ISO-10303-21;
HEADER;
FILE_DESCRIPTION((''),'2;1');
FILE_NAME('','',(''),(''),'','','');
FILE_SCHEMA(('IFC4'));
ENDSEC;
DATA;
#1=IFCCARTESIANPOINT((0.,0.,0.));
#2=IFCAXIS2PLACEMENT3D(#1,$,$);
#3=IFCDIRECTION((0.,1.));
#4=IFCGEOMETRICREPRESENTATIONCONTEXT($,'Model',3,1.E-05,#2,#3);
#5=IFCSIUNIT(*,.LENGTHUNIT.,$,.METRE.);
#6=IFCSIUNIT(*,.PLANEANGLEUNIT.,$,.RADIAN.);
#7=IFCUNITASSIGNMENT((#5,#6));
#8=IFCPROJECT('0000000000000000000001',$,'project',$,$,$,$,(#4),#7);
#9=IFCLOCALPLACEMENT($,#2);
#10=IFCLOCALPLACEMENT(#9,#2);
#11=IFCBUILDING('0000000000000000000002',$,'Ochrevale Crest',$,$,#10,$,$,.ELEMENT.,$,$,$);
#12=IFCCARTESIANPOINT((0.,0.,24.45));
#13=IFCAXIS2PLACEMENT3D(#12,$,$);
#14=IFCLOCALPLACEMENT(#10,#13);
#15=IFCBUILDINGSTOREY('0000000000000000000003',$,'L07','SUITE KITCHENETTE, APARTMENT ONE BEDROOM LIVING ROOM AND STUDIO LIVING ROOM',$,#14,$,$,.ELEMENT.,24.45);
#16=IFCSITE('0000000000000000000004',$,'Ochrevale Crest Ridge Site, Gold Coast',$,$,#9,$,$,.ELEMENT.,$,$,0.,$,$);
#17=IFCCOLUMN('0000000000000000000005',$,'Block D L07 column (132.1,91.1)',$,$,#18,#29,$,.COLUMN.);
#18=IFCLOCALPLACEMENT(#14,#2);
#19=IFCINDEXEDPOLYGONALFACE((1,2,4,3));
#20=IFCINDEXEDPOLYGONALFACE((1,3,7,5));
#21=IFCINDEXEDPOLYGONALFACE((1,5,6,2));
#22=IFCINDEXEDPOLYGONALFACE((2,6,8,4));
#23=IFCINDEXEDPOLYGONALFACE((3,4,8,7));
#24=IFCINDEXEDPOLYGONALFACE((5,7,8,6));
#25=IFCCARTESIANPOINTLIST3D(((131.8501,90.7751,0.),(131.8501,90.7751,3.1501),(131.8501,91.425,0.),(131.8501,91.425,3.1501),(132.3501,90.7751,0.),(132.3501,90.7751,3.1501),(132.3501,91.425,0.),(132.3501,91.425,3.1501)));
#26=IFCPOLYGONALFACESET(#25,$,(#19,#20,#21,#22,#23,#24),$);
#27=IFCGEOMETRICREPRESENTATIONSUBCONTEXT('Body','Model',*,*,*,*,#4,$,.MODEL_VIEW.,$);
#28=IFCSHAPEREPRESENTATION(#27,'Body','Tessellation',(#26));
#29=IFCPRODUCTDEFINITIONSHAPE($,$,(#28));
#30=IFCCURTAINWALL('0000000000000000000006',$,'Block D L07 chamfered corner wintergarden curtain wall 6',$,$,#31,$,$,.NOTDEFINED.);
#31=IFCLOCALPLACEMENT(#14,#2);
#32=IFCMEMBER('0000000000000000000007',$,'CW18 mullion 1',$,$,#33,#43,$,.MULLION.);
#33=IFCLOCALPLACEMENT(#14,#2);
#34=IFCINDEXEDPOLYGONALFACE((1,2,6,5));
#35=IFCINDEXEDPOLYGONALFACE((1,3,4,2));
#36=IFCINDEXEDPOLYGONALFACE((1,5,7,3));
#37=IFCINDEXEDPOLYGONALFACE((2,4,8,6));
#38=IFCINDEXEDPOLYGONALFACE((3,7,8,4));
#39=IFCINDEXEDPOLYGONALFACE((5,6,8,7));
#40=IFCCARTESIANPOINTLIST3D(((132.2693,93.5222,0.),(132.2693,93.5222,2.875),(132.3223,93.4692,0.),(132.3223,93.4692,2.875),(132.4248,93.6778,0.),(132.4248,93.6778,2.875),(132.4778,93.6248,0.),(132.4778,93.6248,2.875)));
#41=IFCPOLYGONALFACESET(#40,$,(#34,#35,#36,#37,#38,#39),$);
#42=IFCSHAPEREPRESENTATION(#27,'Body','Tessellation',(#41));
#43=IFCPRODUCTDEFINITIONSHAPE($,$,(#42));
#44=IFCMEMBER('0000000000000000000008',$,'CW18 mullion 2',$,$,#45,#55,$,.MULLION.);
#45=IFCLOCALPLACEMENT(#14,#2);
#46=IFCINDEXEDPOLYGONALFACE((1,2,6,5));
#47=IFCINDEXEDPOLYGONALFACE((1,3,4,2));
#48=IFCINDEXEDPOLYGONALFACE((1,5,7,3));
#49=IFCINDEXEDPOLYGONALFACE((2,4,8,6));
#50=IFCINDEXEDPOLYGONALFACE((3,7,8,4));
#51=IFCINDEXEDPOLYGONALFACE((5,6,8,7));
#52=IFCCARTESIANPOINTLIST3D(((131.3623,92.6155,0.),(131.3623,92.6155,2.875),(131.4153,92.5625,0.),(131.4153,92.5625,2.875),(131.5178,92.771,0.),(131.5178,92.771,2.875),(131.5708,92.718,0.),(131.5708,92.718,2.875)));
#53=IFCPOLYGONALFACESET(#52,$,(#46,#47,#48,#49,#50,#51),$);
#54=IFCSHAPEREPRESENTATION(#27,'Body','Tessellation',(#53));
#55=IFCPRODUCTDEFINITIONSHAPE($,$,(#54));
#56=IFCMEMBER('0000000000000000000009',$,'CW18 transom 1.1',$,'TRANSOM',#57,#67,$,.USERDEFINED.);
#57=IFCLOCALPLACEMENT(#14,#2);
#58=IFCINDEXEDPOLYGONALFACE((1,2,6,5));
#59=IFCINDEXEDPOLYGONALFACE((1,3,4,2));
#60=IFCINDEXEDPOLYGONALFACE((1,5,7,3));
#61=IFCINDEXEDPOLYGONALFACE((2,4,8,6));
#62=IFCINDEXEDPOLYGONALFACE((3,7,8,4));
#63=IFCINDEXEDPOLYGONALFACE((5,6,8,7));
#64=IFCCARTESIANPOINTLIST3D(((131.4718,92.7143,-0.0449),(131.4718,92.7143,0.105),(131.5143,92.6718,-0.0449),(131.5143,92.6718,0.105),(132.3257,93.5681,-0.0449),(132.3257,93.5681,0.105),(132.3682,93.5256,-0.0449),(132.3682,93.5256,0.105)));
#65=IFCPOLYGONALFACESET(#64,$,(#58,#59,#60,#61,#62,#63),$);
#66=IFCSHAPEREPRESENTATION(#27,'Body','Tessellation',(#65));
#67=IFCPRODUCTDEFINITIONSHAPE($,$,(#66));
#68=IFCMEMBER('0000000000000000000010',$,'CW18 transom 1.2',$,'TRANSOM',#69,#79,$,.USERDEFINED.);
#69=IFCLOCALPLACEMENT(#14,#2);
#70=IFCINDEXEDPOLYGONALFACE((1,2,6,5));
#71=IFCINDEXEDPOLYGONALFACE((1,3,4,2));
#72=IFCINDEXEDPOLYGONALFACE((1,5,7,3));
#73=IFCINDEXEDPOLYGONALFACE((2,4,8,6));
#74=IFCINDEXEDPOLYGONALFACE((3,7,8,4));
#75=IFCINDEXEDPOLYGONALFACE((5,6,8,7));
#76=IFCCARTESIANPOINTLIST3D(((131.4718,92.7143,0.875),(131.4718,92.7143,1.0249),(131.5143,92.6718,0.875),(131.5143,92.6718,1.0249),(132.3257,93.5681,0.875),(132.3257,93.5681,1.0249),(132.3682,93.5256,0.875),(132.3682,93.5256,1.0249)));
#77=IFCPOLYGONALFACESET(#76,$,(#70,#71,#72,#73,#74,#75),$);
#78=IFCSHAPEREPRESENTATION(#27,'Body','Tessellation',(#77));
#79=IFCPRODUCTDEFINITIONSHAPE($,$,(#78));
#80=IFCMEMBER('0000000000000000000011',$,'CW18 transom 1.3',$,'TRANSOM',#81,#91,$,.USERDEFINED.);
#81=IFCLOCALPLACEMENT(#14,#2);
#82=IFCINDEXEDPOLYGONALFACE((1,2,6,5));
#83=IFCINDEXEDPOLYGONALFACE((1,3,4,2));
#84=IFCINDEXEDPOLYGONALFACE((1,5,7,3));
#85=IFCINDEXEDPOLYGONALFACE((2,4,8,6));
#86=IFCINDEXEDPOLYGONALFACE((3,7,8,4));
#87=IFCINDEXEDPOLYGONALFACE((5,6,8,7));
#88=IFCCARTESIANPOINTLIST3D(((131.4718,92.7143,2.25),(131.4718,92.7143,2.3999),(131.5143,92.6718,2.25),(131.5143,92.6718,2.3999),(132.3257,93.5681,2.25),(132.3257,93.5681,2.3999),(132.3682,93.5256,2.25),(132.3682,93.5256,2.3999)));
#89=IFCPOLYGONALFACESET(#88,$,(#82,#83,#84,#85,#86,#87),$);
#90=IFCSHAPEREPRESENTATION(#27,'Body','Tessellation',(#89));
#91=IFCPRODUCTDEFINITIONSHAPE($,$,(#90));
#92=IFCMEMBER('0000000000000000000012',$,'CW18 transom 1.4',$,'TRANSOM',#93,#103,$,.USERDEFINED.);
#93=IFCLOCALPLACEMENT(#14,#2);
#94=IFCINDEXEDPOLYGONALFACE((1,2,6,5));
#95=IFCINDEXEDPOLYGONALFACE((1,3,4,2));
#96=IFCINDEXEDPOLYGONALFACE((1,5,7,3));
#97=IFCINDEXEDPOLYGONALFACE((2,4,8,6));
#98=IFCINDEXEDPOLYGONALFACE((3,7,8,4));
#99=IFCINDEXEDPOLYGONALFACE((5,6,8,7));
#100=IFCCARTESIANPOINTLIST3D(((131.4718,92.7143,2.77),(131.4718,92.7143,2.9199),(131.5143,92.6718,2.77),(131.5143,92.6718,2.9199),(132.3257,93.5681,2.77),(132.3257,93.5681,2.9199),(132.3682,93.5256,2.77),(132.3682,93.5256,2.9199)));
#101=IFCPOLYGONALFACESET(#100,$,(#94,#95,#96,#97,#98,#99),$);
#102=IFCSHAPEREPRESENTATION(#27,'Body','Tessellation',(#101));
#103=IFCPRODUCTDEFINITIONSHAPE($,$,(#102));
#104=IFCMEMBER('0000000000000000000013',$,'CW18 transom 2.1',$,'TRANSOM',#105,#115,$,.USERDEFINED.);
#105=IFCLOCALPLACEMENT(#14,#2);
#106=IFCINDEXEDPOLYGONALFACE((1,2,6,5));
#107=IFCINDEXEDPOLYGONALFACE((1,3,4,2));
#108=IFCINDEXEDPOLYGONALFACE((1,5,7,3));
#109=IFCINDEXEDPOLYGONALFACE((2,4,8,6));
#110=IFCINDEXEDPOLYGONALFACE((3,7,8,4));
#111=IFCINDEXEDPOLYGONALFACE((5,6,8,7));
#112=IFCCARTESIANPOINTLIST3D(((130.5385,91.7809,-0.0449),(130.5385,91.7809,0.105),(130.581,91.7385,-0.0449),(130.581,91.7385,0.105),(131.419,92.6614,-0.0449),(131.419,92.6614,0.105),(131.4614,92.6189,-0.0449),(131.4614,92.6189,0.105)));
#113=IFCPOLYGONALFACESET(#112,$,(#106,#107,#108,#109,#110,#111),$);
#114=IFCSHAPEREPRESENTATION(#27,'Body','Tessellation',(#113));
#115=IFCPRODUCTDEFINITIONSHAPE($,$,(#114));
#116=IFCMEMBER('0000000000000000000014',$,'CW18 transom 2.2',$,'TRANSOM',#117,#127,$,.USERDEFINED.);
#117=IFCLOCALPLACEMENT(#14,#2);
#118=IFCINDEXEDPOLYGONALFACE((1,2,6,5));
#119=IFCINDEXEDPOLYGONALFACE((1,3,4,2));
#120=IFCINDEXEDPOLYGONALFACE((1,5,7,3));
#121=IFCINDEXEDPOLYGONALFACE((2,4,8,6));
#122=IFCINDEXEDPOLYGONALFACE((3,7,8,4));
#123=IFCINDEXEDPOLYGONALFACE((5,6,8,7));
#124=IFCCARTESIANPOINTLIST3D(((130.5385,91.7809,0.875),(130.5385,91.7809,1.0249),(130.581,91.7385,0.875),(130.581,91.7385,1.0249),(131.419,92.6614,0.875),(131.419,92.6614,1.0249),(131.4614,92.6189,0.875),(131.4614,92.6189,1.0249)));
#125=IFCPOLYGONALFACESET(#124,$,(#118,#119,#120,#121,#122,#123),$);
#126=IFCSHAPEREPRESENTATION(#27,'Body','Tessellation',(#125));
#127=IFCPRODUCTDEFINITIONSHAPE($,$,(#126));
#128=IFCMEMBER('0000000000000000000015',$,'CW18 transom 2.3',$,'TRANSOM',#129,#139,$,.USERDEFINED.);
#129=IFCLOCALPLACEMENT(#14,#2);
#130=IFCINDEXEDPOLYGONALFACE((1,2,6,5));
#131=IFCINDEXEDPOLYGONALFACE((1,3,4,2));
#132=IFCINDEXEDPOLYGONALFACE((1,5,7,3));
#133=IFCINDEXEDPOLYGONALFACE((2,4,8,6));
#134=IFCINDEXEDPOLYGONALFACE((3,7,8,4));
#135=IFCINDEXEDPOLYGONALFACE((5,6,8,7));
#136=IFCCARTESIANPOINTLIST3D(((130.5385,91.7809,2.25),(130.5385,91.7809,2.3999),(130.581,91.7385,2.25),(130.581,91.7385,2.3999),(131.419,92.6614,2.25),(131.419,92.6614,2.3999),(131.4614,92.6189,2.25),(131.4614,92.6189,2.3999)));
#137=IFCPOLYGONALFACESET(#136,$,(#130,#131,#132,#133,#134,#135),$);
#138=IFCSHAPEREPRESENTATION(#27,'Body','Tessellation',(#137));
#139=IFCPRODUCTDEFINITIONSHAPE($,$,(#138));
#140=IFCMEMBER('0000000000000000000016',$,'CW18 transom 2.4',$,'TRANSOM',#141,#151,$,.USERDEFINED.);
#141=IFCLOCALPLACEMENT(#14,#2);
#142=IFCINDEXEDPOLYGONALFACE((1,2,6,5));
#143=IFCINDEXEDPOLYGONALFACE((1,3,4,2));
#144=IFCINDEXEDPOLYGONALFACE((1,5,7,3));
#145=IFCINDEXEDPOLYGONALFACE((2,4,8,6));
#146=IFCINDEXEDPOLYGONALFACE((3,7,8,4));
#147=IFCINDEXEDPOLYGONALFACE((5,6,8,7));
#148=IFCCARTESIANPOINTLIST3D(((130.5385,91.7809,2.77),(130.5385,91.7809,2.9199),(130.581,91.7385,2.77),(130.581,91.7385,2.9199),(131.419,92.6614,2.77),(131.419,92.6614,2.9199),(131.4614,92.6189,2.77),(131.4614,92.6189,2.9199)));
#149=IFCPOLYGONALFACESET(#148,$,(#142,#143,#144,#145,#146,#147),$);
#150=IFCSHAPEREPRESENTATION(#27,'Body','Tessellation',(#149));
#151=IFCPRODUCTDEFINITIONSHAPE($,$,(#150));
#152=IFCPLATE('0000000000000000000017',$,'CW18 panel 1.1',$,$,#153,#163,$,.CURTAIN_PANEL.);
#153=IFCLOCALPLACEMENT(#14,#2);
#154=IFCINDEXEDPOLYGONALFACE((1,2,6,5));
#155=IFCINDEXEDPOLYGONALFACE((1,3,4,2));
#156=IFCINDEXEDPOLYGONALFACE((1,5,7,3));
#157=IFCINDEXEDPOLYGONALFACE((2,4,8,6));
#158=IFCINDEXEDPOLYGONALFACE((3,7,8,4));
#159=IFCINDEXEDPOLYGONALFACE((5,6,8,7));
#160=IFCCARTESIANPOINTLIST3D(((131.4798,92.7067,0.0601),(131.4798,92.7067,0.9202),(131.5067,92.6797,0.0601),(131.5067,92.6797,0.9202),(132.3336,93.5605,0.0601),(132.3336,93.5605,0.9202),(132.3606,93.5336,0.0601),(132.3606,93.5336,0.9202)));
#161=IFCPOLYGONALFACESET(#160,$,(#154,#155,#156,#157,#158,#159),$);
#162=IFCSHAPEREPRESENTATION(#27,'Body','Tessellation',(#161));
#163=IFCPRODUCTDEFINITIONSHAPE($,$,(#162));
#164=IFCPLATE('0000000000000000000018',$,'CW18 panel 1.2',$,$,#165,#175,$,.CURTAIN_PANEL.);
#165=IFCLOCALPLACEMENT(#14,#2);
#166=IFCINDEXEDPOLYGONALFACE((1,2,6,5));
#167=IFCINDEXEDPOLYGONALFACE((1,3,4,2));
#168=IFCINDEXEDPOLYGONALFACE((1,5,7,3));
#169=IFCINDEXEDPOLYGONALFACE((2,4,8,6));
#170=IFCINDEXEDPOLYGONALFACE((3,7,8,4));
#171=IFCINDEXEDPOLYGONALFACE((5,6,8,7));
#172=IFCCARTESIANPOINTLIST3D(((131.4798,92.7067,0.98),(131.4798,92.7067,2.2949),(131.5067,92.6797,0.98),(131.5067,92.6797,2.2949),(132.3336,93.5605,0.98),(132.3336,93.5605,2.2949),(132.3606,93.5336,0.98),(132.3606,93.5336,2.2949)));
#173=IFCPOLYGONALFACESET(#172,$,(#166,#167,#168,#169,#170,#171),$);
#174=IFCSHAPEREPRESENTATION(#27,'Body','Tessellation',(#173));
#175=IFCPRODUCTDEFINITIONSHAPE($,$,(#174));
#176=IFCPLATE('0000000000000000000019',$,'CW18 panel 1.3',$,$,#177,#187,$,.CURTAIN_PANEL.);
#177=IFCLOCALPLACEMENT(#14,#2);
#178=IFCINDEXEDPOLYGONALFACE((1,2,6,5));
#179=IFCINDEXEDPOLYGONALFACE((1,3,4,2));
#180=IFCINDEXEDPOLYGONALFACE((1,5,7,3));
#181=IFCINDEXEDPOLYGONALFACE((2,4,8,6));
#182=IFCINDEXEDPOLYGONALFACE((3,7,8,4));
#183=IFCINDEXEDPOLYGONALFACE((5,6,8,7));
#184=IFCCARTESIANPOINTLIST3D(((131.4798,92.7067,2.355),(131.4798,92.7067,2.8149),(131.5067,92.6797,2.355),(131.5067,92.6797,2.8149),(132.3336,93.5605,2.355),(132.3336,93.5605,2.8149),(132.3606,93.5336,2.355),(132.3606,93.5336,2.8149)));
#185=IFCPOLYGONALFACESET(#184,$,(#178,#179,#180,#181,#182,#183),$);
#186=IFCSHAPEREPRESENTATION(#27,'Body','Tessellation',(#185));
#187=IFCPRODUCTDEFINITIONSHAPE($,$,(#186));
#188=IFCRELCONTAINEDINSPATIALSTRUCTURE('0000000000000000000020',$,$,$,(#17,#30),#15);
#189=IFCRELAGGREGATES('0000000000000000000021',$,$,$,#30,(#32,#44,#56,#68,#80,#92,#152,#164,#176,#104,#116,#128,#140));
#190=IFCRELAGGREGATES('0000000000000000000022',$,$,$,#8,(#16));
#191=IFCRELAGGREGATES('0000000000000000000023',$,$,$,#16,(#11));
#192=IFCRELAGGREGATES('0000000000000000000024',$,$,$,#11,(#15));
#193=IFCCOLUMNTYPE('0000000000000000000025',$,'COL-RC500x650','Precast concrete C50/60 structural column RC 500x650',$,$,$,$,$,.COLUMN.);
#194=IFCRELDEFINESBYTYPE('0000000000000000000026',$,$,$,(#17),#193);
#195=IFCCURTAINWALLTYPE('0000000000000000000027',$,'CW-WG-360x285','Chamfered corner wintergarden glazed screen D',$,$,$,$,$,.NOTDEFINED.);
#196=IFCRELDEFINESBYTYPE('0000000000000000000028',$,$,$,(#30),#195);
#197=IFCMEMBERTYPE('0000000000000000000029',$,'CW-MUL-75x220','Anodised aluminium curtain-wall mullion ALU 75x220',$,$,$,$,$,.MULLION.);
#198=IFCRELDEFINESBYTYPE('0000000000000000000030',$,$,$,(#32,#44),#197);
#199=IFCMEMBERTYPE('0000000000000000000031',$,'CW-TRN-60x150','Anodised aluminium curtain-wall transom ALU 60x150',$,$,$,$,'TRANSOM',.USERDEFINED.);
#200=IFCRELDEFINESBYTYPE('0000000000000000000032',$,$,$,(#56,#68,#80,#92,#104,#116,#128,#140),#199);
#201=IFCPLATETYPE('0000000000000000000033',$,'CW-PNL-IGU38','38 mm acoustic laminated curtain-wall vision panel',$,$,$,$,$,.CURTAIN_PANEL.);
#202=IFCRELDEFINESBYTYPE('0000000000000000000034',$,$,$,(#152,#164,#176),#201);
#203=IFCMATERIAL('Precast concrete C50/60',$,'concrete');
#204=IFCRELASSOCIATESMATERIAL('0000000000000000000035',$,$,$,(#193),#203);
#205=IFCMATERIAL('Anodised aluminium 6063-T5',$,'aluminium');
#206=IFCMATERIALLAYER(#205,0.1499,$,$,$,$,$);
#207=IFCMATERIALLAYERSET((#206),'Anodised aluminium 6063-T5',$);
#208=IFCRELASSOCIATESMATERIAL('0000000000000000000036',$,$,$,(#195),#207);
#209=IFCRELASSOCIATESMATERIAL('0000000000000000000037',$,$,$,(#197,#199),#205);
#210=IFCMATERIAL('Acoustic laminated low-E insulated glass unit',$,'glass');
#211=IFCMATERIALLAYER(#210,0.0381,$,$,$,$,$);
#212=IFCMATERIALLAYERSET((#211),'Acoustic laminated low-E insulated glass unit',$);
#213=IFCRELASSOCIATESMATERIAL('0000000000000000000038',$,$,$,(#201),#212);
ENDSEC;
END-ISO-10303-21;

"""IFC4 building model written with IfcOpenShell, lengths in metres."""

from ifc_helpers import new_model, si_unit, direction, frame, origin, origin_2d, place, context, subcontext, project, spatial, rectangle, extrude, material, layer, layer_set, material_profile, profile_set, type_object, element, aggregate, save


model = new_model("IFC4")

# Units and contexts
model_context = context("Model", 3, precision=1e-05, world=origin(), true_north=direction((0.0, 1.0)))
body_context = subcontext(model_context, "Body", "Model", "MODEL_VIEW")
ifc_project = project(units=[si_unit("LENGTHUNIT", "METRE"), si_unit("PLANEANGLEUNIT", "RADIAN")], contexts=[model_context])

# Site, building, storey
site_placement = place(None, origin())
site = spatial("IfcSite", under=ifc_project, at=site_placement, Name="Ochrevale Crest Ridge Site, Gold Coast", CompositionType="ELEMENT", RefElevation=0.0)
building_placement = place(site_placement, origin())
building = spatial("IfcBuilding", under=site, at=building_placement, Name="Ochrevale Crest", CompositionType="ELEMENT")
storey_placement = place(building_placement, frame((0.0, 0.0, 24.45)))
storey = spatial("IfcBuildingStorey", under=building, at=storey_placement, Name="L07", Description="SUITE KITCHENETTE, APARTMENT ONE BEDROOM LIVING ROOM AND STUDIO LIVING ROOM", CompositionType="ELEMENT", Elevation=24.45)

# Column
ifc_material_1 = material(Name="Precast concrete C50/60", Category="concrete")
ifc_material_profile_1 = material_profile(ifc_material_1, rectangle(XDim=0.5, YDim=0.6499, at=origin_2d()), Name="RC 500x650")
ifc_profile_set_1 = profile_set([ifc_material_profile_1], Name="Precast concrete C50/60")
column_type = type_object("IfcColumnType", Name="COL-RC500x650", Description="Precast concrete C50/60 structural column RC 500x650", PredefinedType="COLUMN", material=ifc_profile_set_1)
column_placement = place(storey_placement, frame((132.1001, 91.1001, 0.0), z_axis=(0.0, 0.0, 1.0), x_axis=(1.0, 0.0, 0.0)))
element("IfcColumn", 1, at=column_placement, inside=storey, type_object=column_type, Name="Block D L07 column (132.1,91.1)", PredefinedType="COLUMN", context=body_context, shape_type="SweptSolid", body=[
    extrude(rectangle(XDim=0.5, YDim=0.6499, at=origin_2d()), origin(), (0.0, 0.0, 1.0), 3.1501),
])

# Curtain wall, members, plates
ifc_material_2 = material(Name="Anodised aluminium 6063-T5", Category="aluminium")
ifc_layer_1 = layer(ifc_material_2, 0.1499)
ifc_layer_set_1 = layer_set([ifc_layer_1], Name="Anodised aluminium 6063-T5")
curtain_wall_type = type_object("IfcCurtainWallType", Name="CW-WG-360x285", Description="Chamfered corner wintergarden glazed screen D", PredefinedType="NOTDEFINED", material=ifc_layer_set_1)
curtain_wall_placement = place(storey_placement, origin())
curtain_wall = element("IfcCurtainWall", 2, at=curtain_wall_placement, inside=storey, type_object=curtain_wall_type, Name="Block D L07 chamfered corner wintergarden curtain wall 6", PredefinedType="NOTDEFINED")
ifc_material_profile_2 = material_profile(ifc_material_2, rectangle(XDim=0.075, YDim=0.22, at=origin_2d()), Name="ALU 75x220")
ifc_profile_set_2 = profile_set([ifc_material_profile_2], Name="Anodised aluminium 6063-T5")
member_type_1 = type_object("IfcMemberType", Name="CW-MUL-75x220", Description="Anodised aluminium curtain-wall mullion ALU 75x220", PredefinedType="MULLION", material=ifc_profile_set_2)
member_1_placement = place(storey_placement, frame((132.3735, 93.5735, 0.0), z_axis=(0.0, 0.0, 1.0), x_axis=(0.707107, -0.707107, 0.0)))
member_1 = element("IfcMember", 3, at=member_1_placement, type_object=member_type_1, Name="CW18 mullion 1", PredefinedType="MULLION", context=body_context, shape_type="SweptSolid", body=[
    extrude(rectangle(XDim=0.075, YDim=0.22, at=origin_2d()), origin(), (0.0, 0.0, 1.0), 2.875),
])
member_2_placement = place(storey_placement, frame((131.4666, 92.6667, 0.0), z_axis=(0.0, 0.0, 1.0), x_axis=(0.707107, -0.707107, 0.0)))
member_2 = element("IfcMember", 4, at=member_2_placement, type_object=member_type_1, Name="CW18 mullion 2", PredefinedType="MULLION", context=body_context, shape_type="SweptSolid", body=[
    extrude(rectangle(XDim=0.075, YDim=0.22, at=origin_2d()), origin(), (0.0, 0.0, 1.0), 2.875),
])
ifc_material_profile_3 = material_profile(ifc_material_2, rectangle(XDim=0.0601, YDim=0.1499, at=origin_2d()), Name="ALU 60x150")
ifc_profile_set_3 = profile_set([ifc_material_profile_3], Name="Anodised aluminium 6063-T5")
member_type_2 = type_object("IfcMemberType", Name="CW-TRN-60x150", Description="Anodised aluminium curtain-wall transom ALU 60x150", ElementType="TRANSOM", PredefinedType="USERDEFINED", material=ifc_profile_set_3)
member_3_placement = place(storey_placement, frame((132.3469, 93.5469, 0.03), z_axis=(-0.707107, -0.707107, 0.0), x_axis=(0.707107, -0.707107, 0.0)))
member_3 = element("IfcMember", 5, at=member_3_placement, type_object=member_type_2, Name="CW18 transom 1.1", ObjectType="TRANSOM", PredefinedType="USERDEFINED", context=body_context, shape_type="SweptSolid", body=[
    extrude(rectangle(XDim=0.0601, YDim=0.1499, at=origin_2d()), origin(), (0.0, 0.0, 1.0), 1.2075),
])
member_4_placement = place(storey_placement, frame((132.3469, 93.5469, 0.95), z_axis=(-0.707107, -0.707107, 0.0), x_axis=(0.707107, -0.707107, 0.0)))
member_4 = element("IfcMember", 6, at=member_4_placement, type_object=member_type_2, Name="CW18 transom 1.2", ObjectType="TRANSOM", PredefinedType="USERDEFINED", context=body_context, shape_type="SweptSolid", body=[
    extrude(rectangle(XDim=0.0601, YDim=0.1499, at=origin_2d()), origin(), (0.0, 0.0, 1.0), 1.2075),
])
member_5_placement = place(storey_placement, frame((132.3469, 93.5469, 2.325), z_axis=(-0.707107, -0.707107, 0.0), x_axis=(0.707107, -0.707107, 0.0)))
member_5 = element("IfcMember", 7, at=member_5_placement, type_object=member_type_2, Name="CW18 transom 1.3", ObjectType="TRANSOM", PredefinedType="USERDEFINED", context=body_context, shape_type="SweptSolid", body=[
    extrude(rectangle(XDim=0.0601, YDim=0.1499, at=origin_2d()), origin(), (0.0, 0.0, 1.0), 1.2075),
])
member_6_placement = place(storey_placement, frame((132.3469, 93.5469, 2.845), z_axis=(-0.707107, -0.707107, 0.0), x_axis=(0.707107, -0.707107, 0.0)))
member_6 = element("IfcMember", 8, at=member_6_placement, type_object=member_type_2, Name="CW18 transom 1.4", ObjectType="TRANSOM", PredefinedType="USERDEFINED", context=body_context, shape_type="SweptSolid", body=[
    extrude(rectangle(XDim=0.0601, YDim=0.1499, at=origin_2d()), origin(), (0.0, 0.0, 1.0), 1.2075),
])
member_7_placement = place(storey_placement, frame((131.4402, 92.6401, 0.03), z_axis=(-0.707107, -0.707107, 0.0), x_axis=(0.707107, -0.707107, 0.0)))
member_7 = element("IfcMember", 9, at=member_7_placement, type_object=member_type_2, Name="CW18 transom 2.1", ObjectType="TRANSOM", PredefinedType="USERDEFINED", context=body_context, shape_type="SweptSolid", body=[
    extrude(rectangle(XDim=0.0601, YDim=0.1499, at=origin_2d()), origin(), (0.0, 0.0, 1.0), 1.2451),
])
member_8_placement = place(storey_placement, frame((131.4402, 92.6401, 0.95), z_axis=(-0.707107, -0.707107, 0.0), x_axis=(0.707107, -0.707107, 0.0)))
member_8 = element("IfcMember", 10, at=member_8_placement, type_object=member_type_2, Name="CW18 transom 2.2", ObjectType="TRANSOM", PredefinedType="USERDEFINED", context=body_context, shape_type="SweptSolid", body=[
    extrude(rectangle(XDim=0.0601, YDim=0.1499, at=origin_2d()), origin(), (0.0, 0.0, 1.0), 1.2451),
])
member_9_placement = place(storey_placement, frame((131.4402, 92.6401, 2.325), z_axis=(-0.707107, -0.707107, 0.0), x_axis=(0.707107, -0.707107, 0.0)))
member_9 = element("IfcMember", 11, at=member_9_placement, type_object=member_type_2, Name="CW18 transom 2.3", ObjectType="TRANSOM", PredefinedType="USERDEFINED", context=body_context, shape_type="SweptSolid", body=[
    extrude(rectangle(XDim=0.0601, YDim=0.1499, at=origin_2d()), origin(), (0.0, 0.0, 1.0), 1.2451),
])
member_10_placement = place(storey_placement, frame((131.4402, 92.6401, 2.845), z_axis=(-0.707107, -0.707107, 0.0), x_axis=(0.707107, -0.707107, 0.0)))
member_10 = element("IfcMember", 12, at=member_10_placement, type_object=member_type_2, Name="CW18 transom 2.4", ObjectType="TRANSOM", PredefinedType="USERDEFINED", context=body_context, shape_type="SweptSolid", body=[
    extrude(rectangle(XDim=0.0601, YDim=0.1499, at=origin_2d()), origin(), (0.0, 0.0, 1.0), 1.2451),
])
ifc_material_3 = material(Name="Acoustic laminated low-E insulated glass unit", Category="glass")
ifc_layer_2 = layer(ifc_material_3, 0.0381)
ifc_layer_set_2 = layer_set([ifc_layer_2], Name="Acoustic laminated low-E insulated glass unit")
plate_type = type_object("IfcPlateType", Name="CW-PNL-IGU38", Description="38 mm acoustic laminated curtain-wall vision panel", PredefinedType="CURTAIN_PANEL", material=ifc_layer_set_2)
plate_1_placement = place(storey_placement, frame((131.9202, 93.1201, 0.0601), z_axis=(0.0, 0.0, 1.0), x_axis=(-0.707107, -0.707107, 0.0)))
plate_1 = element("IfcPlate", 13, at=plate_1_placement, type_object=plate_type, Name="CW18 panel 1.1", PredefinedType="CURTAIN_PANEL", context=body_context, shape_type="SweptSolid", body=[
    extrude(rectangle(XDim=1.2075, YDim=0.0381, at=origin_2d()), origin(), (0.0, 0.0, 1.0), 0.8601),
])
plate_2_placement = place(storey_placement, frame((131.9202, 93.1201, 0.98), z_axis=(0.0, 0.0, 1.0), x_axis=(-0.707107, -0.707107, 0.0)))
plate_2 = element("IfcPlate", 14, at=plate_2_placement, type_object=plate_type, Name="CW18 panel 1.2", PredefinedType="CURTAIN_PANEL", context=body_context, shape_type="SweptSolid", body=[
    extrude(rectangle(XDim=1.2075, YDim=0.0381, at=origin_2d()), origin(), (0.0, 0.0, 1.0), 1.3149),
])
plate_3_placement = place(storey_placement, frame((131.9202, 93.1201, 2.355), z_axis=(0.0, 0.0, 1.0), x_axis=(-0.707107, -0.707107, 0.0)))
plate_3 = element("IfcPlate", 15, at=plate_3_placement, type_object=plate_type, Name="CW18 panel 1.3", PredefinedType="CURTAIN_PANEL", context=body_context, shape_type="SweptSolid", body=[
    extrude(rectangle(XDim=1.2075, YDim=0.0381, at=origin_2d()), origin(), (0.0, 0.0, 1.0), 0.46),
])
aggregate(curtain_wall, [member_1, member_2, member_3, member_4, member_5, member_6, plate_1, plate_2, plate_3, member_7, member_8, member_9, member_10])

save(model, "model.ifc")
